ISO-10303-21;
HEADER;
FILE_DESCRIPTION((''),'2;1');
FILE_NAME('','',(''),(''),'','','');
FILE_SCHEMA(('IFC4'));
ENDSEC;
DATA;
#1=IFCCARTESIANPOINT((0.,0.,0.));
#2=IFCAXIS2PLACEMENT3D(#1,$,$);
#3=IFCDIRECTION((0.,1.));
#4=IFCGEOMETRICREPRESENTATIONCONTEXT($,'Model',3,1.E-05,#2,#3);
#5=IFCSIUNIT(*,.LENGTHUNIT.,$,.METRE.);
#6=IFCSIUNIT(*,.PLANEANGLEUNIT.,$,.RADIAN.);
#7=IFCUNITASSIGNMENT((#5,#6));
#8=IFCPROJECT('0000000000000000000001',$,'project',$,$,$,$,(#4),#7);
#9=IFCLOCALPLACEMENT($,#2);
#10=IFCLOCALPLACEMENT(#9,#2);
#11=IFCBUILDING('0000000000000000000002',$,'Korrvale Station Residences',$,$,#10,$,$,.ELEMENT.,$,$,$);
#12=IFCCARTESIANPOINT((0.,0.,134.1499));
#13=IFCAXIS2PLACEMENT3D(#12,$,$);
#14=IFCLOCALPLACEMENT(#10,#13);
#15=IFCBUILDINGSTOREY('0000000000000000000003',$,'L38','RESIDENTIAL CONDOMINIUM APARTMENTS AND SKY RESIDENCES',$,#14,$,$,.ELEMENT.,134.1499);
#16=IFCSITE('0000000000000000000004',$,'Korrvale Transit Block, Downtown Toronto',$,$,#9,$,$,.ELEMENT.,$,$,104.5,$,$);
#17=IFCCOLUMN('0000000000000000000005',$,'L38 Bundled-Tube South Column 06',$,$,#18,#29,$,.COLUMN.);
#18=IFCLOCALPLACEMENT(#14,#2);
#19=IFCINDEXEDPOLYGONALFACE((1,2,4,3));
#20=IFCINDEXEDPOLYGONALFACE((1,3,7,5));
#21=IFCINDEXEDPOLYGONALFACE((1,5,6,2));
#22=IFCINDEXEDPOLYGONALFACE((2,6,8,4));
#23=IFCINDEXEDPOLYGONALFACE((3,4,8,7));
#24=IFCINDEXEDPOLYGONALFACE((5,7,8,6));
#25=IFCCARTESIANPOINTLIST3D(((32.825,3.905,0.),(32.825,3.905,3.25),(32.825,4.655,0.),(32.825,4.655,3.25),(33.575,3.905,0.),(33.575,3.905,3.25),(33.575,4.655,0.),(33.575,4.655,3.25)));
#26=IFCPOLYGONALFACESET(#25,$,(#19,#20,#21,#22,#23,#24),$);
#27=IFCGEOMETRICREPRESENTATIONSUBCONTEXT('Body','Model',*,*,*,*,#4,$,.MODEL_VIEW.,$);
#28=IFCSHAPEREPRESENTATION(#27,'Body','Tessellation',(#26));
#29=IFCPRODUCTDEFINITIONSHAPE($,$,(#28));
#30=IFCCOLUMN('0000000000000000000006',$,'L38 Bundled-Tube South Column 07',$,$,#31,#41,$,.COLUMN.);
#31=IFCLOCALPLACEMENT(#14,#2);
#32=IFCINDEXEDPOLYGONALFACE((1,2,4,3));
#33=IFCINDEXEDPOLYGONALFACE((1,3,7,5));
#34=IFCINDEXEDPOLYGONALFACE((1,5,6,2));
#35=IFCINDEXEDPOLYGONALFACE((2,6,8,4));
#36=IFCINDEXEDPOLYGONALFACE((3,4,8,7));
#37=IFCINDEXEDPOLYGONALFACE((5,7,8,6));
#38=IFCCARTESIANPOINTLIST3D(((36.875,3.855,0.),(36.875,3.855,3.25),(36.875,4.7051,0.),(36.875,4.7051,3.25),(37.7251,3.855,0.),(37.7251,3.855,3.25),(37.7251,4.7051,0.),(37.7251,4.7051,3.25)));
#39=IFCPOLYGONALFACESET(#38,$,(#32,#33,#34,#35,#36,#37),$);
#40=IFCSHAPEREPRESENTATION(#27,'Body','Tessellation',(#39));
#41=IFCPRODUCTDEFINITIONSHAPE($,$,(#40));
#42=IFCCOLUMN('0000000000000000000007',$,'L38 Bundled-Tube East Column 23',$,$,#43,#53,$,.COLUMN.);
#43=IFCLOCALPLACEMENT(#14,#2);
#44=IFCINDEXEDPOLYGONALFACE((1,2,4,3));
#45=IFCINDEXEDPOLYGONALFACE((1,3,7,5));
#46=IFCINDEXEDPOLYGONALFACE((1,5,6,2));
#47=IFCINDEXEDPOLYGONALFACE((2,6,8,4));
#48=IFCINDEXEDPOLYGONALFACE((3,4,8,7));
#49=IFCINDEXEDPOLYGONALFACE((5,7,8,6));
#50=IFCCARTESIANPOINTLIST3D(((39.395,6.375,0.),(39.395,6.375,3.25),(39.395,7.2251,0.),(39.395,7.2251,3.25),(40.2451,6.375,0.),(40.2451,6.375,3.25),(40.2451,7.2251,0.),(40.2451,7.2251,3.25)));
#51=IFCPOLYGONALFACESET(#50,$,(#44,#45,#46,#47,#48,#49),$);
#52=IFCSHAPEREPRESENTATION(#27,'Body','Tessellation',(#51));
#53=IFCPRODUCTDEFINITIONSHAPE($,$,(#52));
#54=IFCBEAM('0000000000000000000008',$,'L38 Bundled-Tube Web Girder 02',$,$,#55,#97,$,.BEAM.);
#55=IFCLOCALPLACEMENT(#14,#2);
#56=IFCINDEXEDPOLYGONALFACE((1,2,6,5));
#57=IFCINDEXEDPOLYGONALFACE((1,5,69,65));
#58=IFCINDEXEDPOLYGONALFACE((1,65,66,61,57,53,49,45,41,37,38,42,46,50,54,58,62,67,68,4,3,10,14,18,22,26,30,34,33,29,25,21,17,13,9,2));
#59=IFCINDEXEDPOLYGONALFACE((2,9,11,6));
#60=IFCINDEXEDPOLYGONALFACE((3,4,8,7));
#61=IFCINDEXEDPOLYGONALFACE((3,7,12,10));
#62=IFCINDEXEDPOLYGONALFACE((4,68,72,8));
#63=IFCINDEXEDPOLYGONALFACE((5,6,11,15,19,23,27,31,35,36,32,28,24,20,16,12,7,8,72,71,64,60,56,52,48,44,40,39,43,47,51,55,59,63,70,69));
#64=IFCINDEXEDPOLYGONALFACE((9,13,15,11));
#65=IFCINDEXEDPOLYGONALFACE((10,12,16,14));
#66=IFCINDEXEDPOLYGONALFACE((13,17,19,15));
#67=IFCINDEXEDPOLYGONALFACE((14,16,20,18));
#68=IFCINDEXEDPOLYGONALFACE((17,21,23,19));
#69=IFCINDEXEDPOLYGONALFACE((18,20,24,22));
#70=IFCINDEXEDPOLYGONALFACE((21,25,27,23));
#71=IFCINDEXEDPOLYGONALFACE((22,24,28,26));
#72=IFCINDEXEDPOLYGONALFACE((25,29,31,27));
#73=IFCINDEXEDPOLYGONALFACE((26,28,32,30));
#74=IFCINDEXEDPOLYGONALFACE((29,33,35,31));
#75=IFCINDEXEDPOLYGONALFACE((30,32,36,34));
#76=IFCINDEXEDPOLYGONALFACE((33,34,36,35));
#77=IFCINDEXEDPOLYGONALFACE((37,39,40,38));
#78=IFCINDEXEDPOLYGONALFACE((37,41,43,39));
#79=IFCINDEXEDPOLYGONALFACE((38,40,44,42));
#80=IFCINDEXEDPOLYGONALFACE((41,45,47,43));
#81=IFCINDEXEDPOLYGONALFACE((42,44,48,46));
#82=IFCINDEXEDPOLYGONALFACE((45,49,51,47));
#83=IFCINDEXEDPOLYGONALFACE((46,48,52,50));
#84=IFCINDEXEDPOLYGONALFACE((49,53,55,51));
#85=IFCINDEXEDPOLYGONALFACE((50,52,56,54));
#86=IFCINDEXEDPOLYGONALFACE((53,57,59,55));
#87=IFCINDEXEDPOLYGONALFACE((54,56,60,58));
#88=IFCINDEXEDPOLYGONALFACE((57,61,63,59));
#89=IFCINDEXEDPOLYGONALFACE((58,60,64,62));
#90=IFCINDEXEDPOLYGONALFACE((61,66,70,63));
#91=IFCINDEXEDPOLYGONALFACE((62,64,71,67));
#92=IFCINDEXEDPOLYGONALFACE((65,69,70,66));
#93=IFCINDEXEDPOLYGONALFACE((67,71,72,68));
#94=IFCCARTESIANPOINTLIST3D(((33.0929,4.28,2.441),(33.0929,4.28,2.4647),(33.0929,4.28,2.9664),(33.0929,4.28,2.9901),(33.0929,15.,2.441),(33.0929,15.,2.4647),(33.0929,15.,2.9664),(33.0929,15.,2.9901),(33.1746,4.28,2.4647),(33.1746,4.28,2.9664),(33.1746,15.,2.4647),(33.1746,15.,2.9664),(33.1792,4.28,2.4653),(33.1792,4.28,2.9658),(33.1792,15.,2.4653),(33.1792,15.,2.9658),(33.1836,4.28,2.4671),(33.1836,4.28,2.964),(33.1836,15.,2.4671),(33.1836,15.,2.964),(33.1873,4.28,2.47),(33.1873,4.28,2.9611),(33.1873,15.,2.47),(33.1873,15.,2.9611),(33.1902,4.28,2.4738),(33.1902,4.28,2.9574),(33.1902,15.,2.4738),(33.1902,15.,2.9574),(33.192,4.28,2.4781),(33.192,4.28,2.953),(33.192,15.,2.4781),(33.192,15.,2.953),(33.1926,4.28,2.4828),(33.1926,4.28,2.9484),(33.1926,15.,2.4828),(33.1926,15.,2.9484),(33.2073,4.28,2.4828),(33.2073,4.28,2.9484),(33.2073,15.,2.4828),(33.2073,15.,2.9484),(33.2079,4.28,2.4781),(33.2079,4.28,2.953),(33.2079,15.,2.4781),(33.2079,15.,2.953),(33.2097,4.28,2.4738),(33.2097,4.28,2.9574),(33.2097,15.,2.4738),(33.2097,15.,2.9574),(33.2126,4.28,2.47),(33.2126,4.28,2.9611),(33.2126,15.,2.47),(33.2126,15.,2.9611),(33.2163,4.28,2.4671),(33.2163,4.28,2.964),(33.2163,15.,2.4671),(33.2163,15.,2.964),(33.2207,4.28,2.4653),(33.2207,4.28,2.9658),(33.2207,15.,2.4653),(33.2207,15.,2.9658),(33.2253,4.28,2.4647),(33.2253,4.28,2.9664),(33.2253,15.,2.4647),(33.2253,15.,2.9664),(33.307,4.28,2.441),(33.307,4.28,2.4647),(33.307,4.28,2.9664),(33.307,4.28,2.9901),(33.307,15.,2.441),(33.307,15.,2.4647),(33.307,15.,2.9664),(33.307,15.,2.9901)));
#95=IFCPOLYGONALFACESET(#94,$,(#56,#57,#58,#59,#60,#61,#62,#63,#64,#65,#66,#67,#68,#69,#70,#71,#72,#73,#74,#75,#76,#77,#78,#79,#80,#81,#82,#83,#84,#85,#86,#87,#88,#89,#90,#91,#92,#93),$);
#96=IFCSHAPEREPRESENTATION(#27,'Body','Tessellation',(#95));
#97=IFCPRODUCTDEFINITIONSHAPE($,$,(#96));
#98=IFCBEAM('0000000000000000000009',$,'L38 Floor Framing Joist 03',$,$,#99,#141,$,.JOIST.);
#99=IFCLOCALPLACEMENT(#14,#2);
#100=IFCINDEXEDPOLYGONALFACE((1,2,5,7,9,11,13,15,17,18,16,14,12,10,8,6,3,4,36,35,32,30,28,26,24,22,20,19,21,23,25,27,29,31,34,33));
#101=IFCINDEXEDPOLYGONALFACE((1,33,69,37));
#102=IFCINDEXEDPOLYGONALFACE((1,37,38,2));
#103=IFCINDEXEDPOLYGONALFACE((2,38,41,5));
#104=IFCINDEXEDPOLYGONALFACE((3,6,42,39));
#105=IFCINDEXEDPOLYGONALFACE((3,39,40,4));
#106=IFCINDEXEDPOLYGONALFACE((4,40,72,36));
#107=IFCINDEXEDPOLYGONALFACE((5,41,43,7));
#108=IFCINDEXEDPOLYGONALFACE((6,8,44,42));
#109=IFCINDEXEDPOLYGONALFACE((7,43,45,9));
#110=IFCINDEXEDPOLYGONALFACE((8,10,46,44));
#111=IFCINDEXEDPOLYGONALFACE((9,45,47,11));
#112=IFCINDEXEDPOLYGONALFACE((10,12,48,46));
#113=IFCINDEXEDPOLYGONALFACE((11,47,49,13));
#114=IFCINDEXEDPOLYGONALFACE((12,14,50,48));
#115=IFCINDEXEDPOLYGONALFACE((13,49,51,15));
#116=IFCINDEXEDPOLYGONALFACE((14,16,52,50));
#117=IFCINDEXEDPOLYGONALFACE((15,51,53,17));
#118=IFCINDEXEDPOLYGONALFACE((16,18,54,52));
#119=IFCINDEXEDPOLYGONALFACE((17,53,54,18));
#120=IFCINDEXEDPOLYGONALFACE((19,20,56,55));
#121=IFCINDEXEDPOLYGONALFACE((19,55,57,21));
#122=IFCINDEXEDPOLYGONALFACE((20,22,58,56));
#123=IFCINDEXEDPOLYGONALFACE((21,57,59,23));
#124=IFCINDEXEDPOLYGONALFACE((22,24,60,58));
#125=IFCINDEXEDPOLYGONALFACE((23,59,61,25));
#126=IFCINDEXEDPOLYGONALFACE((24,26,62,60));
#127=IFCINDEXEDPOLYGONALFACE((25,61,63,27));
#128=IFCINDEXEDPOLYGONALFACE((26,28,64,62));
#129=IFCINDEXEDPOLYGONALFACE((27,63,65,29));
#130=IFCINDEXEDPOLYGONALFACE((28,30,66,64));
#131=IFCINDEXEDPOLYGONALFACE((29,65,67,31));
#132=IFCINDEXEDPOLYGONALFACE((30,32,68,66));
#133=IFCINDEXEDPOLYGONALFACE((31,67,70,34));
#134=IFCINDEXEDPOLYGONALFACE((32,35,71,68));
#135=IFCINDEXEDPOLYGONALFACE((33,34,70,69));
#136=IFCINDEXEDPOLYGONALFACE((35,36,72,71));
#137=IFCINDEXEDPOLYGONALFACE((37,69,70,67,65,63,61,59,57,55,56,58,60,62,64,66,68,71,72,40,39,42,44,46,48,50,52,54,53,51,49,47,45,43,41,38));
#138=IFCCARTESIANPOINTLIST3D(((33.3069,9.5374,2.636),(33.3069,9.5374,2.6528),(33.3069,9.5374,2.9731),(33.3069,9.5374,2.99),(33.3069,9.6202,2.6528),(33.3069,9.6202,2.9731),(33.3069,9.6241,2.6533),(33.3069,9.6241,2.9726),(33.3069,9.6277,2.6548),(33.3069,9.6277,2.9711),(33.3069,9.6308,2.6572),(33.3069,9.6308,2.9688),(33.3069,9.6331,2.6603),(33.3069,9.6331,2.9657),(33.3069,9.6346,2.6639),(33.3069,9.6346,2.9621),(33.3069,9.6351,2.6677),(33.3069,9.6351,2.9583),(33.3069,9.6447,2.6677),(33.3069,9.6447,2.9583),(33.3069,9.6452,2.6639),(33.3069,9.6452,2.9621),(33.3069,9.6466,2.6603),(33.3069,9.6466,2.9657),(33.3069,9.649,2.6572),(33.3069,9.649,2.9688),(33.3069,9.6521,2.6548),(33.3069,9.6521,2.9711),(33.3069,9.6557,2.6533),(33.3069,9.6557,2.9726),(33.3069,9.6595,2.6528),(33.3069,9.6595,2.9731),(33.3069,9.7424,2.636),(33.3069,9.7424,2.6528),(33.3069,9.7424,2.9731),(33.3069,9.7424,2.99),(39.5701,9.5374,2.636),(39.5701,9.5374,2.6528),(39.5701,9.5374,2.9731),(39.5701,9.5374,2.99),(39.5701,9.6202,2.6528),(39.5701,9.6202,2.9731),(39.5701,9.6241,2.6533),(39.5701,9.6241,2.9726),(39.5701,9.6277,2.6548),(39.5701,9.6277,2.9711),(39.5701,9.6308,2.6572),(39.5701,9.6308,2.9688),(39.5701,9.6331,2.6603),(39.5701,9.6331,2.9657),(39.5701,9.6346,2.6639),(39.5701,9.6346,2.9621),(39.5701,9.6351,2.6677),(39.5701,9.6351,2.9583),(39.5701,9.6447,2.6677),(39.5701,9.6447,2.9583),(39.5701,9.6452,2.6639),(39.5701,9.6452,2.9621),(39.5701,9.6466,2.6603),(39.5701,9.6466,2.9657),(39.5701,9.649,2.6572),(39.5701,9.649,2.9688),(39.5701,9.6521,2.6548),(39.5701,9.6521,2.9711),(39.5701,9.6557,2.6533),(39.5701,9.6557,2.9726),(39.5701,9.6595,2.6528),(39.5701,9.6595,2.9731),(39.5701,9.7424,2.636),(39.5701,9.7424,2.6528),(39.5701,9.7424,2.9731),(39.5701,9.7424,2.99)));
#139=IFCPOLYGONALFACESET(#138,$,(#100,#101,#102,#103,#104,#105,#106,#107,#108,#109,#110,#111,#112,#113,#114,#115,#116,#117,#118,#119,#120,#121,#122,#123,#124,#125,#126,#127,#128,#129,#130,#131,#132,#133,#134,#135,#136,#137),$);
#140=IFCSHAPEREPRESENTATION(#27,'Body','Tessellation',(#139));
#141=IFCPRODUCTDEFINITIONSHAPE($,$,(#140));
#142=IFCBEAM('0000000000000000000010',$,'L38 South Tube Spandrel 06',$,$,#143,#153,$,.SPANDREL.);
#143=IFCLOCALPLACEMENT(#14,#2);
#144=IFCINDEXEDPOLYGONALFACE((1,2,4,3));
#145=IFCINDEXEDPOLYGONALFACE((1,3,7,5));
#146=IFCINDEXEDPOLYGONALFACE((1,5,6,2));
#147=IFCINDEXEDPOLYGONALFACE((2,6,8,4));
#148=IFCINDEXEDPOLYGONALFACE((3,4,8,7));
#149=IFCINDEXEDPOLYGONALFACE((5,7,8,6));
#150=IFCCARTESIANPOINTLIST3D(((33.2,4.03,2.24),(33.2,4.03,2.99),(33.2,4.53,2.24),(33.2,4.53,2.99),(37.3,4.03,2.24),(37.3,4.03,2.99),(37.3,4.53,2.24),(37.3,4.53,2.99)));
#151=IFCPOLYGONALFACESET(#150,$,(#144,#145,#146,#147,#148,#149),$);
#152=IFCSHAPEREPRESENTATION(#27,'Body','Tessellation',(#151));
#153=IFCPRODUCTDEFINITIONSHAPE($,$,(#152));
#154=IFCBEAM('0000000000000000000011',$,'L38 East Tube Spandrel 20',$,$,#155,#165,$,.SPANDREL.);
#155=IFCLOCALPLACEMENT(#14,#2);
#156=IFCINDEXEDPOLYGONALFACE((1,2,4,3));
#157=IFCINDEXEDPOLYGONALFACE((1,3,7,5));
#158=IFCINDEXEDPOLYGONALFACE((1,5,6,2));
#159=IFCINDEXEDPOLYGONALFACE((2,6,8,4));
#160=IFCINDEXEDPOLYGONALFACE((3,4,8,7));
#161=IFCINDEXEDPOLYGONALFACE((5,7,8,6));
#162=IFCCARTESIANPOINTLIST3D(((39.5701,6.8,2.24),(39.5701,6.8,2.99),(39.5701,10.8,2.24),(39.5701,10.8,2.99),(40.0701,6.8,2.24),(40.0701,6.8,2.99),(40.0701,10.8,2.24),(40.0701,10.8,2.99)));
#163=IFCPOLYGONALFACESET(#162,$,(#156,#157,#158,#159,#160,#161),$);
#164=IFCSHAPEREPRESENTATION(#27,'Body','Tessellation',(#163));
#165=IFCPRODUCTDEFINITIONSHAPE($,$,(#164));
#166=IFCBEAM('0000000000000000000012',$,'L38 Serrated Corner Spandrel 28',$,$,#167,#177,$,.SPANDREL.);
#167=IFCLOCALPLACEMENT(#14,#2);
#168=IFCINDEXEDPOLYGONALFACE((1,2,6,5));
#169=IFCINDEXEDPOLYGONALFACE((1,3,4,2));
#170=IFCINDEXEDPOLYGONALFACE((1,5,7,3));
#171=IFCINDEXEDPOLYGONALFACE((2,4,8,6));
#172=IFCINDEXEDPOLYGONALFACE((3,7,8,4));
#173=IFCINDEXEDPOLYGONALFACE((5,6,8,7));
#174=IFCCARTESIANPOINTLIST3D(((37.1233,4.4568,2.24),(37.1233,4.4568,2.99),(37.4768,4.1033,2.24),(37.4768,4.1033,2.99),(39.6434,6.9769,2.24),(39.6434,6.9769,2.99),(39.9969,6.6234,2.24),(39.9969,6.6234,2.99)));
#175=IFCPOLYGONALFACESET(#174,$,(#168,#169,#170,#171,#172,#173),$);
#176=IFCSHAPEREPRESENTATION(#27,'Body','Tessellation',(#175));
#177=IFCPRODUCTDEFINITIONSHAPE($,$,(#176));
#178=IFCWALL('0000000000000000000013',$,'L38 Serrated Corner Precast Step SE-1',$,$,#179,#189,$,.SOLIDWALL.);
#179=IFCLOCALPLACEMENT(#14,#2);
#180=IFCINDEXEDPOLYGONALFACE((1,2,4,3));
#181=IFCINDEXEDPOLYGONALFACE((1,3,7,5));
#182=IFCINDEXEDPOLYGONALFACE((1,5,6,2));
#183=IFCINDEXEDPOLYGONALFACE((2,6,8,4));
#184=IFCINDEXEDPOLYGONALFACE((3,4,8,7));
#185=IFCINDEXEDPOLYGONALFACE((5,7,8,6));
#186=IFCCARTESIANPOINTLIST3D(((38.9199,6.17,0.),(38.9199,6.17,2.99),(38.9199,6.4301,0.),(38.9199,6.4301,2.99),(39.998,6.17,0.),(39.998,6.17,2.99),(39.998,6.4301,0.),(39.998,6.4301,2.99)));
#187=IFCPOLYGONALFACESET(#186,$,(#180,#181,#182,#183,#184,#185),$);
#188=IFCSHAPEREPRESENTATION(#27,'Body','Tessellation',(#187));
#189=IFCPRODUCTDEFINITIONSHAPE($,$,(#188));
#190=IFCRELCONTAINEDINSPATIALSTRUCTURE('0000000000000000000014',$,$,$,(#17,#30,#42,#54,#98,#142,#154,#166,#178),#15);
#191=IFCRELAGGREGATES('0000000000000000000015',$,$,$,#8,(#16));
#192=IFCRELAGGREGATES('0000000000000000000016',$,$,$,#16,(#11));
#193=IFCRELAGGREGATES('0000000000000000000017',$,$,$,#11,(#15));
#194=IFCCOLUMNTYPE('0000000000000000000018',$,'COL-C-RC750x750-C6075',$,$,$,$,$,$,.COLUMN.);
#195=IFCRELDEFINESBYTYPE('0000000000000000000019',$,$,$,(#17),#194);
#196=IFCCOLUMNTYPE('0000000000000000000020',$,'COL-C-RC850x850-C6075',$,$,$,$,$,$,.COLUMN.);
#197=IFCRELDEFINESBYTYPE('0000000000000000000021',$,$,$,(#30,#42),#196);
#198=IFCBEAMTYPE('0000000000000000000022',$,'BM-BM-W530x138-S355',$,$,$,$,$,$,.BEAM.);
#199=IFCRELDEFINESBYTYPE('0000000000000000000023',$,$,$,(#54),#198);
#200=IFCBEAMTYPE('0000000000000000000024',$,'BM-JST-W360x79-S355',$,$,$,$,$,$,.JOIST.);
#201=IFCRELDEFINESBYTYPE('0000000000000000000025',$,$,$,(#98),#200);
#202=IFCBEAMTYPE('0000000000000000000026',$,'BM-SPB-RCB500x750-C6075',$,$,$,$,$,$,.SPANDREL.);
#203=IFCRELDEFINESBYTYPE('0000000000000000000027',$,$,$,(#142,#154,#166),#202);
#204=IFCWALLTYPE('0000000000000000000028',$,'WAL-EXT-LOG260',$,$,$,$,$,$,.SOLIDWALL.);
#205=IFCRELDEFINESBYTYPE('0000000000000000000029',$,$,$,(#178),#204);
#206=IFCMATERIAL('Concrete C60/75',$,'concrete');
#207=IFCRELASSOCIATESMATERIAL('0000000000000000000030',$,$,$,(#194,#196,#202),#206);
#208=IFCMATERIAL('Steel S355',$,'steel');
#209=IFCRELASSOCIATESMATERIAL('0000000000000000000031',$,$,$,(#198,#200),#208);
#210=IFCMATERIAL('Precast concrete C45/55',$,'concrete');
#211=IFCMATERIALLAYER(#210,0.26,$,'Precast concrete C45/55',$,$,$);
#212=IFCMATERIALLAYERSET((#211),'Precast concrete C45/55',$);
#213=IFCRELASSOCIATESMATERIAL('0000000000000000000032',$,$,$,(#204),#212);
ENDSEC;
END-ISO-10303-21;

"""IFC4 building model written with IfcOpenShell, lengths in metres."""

from ifc_helpers import new_model, si_unit, direction, frame, frame_2d, origin, origin_2d, place, context, subcontext, project, spatial, rectangle, i_section, extrude, material, layer, layer_set, material_profile, profile_set, type_object, element, save


model = new_model("IFC4")

# Units and contexts
model_context = context("Model", 3, precision=1e-05, world=origin(), true_north=direction((0.0, 1.0)))
body_context = subcontext(model_context, "Body", "Model", "MODEL_VIEW")
ifc_project = project(units=[si_unit("LENGTHUNIT", "METRE"), si_unit("PLANEANGLEUNIT", "RADIAN")], contexts=[model_context])

# Site, building, storey
site_placement = place(None, origin())
site = spatial("IfcSite", under=ifc_project, at=site_placement, Name="Korrvale Transit Block, Downtown Toronto", CompositionType="ELEMENT", RefElevation=104.5)
building_placement = place(site_placement, origin())
building = spatial("IfcBuilding", under=site, at=building_placement, Name="Korrvale Station Residences", CompositionType="ELEMENT")
storey_placement = place(building_placement, frame((0.0, 0.0, 134.1499)))
storey = spatial("IfcBuildingStorey", under=building, at=storey_placement, Name="L38", Description="RESIDENTIAL CONDOMINIUM APARTMENTS AND SKY RESIDENCES", CompositionType="ELEMENT", Elevation=134.1499)

# Columns
ifc_material_1 = material(Name="Concrete C60/75", Category="concrete")
ifc_material_profile_1 = material_profile(ifc_material_1, rectangle(XDim=0.75, YDim=0.75, at=origin_2d()), Name="RC750x750")
ifc_profile_set_1 = profile_set([ifc_material_profile_1], Name="Concrete C60/75")
column_type_1 = type_object("IfcColumnType", Name="COL-C-RC750x750-C6075", PredefinedType="COLUMN", material=ifc_profile_set_1)
column_placement = place(storey_placement, frame((33.2, 4.28, 0.0), z_axis=(0.0, 0.0, 1.0), x_axis=(1.0, 0.0, 0.0)))
element("IfcColumn", 1, at=column_placement, inside=storey, type_object=column_type_1, Name="L38 Bundled-Tube South Column 06", PredefinedType="COLUMN", context=body_context, shape_type="SweptSolid", body=[
    extrude(rectangle(XDim=0.75, YDim=0.75, at=origin_2d()), origin(), (0.0, 0.0, 1.0), 3.25),
])
ifc_material_profile_2 = material_profile(ifc_material_1, rectangle(XDim=0.8501, YDim=0.8501, at=origin_2d()), Name="RC850x850")
ifc_profile_set_2 = profile_set([ifc_material_profile_2], Name="Concrete C60/75")
column_type_2 = type_object("IfcColumnType", Name="COL-C-RC850x850-C6075", PredefinedType="COLUMN", material=ifc_profile_set_2)
for number, where, z_axis, x_axis, name in (
    (2, (37.3, 4.28, 0.0), (0.0, 0.0, 1.0), (1.0, 0.0, 0.0), "L38 Bundled-Tube South Column 07"),
    (3, (39.8201, 6.8, 0.0), (0.0, 0.0, 1.0), (1.0, 0.0, 0.0), "L38 Bundled-Tube East Column 23"),
):
    element("IfcColumn", number, at=place(storey_placement, frame(where, z_axis=z_axis, x_axis=x_axis)), inside=storey, type_object=column_type_2, Name=name, PredefinedType="COLUMN", context=body_context, shape_type="SweptSolid", body=[
        extrude(rectangle(XDim=0.8501, YDim=0.8501, at=origin_2d()), origin(), (0.0, 0.0, 1.0), 3.25),
    ])

# Beams
ifc_material_2 = material(Name="Steel S355", Category="steel")
ifc_material_profile_3 = material_profile(ifc_material_2, i_section(OverallWidth=0.2141, OverallDepth=0.5491, WebThickness=0.0146, FlangeThickness=0.0237, FilletRadius=0.0181, at=origin_2d()), Name="W530x138")
ifc_profile_set_3 = profile_set([ifc_material_profile_3], Name="Steel S355")
beam_type_1 = type_object("IfcBeamType", Name="BM-BM-W530x138-S355", PredefinedType="BEAM", material=ifc_profile_set_3)
beam_1_placement = place(storey_placement, frame((33.2, 4.28, 2.7156), z_axis=(0.0, 1.0, 0.0), x_axis=(-1.0, 0.0, 0.0)))
element("IfcBeam", 4, at=beam_1_placement, inside=storey, type_object=beam_type_1, Name="L38 Bundled-Tube Web Girder 02", PredefinedType="BEAM", context=body_context, shape_type="SweptSolid", body=[
    extrude(i_section(OverallWidth=0.2141, OverallDepth=0.5491, WebThickness=0.0146, FlangeThickness=0.0237, FilletRadius=0.0181, at=origin_2d()), origin(), (0.0, 0.0, 1.0), 10.72),
])
ifc_material_profile_4 = material_profile(ifc_material_2, i_section(OverallWidth=0.2051, OverallDepth=0.354, WebThickness=0.0095, FlangeThickness=0.0168, FilletRadius=0.0149, at=origin_2d()), Name="W360x79")
ifc_profile_set_4 = profile_set([ifc_material_profile_4], Name="Steel S355")
beam_type_2 = type_object("IfcBeamType", Name="BM-JST-W360x79-S355", PredefinedType="JOIST", material=ifc_profile_set_4)
beam_2_placement = place(storey_placement, frame((33.3069, 9.6399, 2.813), z_axis=(1.0, 0.0, 0.0), x_axis=(0.0, 1.0, 0.0)))
element("IfcBeam", 5, at=beam_2_placement, inside=storey, type_object=beam_type_2, Name="L38 Floor Framing Joist 03", PredefinedType="JOIST", context=body_context, shape_type="SweptSolid", body=[
    extrude(i_section(OverallWidth=0.2051, OverallDepth=0.354, WebThickness=0.0095, FlangeThickness=0.0168, FilletRadius=0.0149, at=origin_2d()), origin(), (0.0, 0.0, 1.0), 6.2632),
])
ifc_material_profile_5 = material_profile(ifc_material_1, rectangle(XDim=0.5, YDim=0.75, at=origin_2d()), Name="RCB500x750")
ifc_profile_set_5 = profile_set([ifc_material_profile_5], Name="Concrete C60/75")
beam_type_3 = type_object("IfcBeamType", Name="BM-SPB-RCB500x750-C6075", PredefinedType="SPANDREL", material=ifc_profile_set_5)
beam_3_placement = place(storey_placement, frame((33.2, 4.28, 2.615), z_axis=(1.0, 0.0, 0.0), x_axis=(0.0, 1.0, 0.0)))
element("IfcBeam", 6, at=beam_3_placement, inside=storey, type_object=beam_type_3, Name="L38 South Tube Spandrel 06", PredefinedType="SPANDREL", context=body_context, shape_type="SweptSolid", body=[
    extrude(rectangle(XDim=0.5, YDim=0.75, at=origin_2d()), origin(), (0.0, 0.0, 1.0), 4.1001),
])
beam_4_placement = place(storey_placement, frame((39.8201, 6.8, 2.615), z_axis=(0.0, 1.0, 0.0), x_axis=(-1.0, 0.0, 0.0)))
element("IfcBeam", 7, at=beam_4_placement, inside=storey, type_object=beam_type_3, Name="L38 East Tube Spandrel 20", PredefinedType="SPANDREL", context=body_context, shape_type="SweptSolid", body=[
    extrude(rectangle(XDim=0.5, YDim=0.75, at=origin_2d()), origin(), (0.0, 0.0, 1.0), 4.0),
])
beam_5_placement = place(storey_placement, frame((37.3, 4.28, 2.615), z_axis=(0.707107, 0.707107, 0.0), x_axis=(-0.707107, 0.707107, 0.0)))
element("IfcBeam", 8, at=beam_5_placement, inside=storey, type_object=beam_type_3, Name="L38 Serrated Corner Spandrel 28", PredefinedType="SPANDREL", context=body_context, shape_type="SweptSolid", body=[
    extrude(rectangle(XDim=0.5, YDim=0.75, at=origin_2d()), origin(), (0.0, 0.0, 1.0), 3.564),
])

# Wall
ifc_material_3 = material(Name="Precast concrete C45/55", Category="concrete")
ifc_layer_1 = layer(ifc_material_3, 0.26, Name="Precast concrete C45/55")
ifc_layer_set_1 = layer_set([ifc_layer_1], Name="Precast concrete C45/55")
wall_type_1 = type_object("IfcWallType", Name="WAL-EXT-LOG260", PredefinedType="SOLIDWALL", material=ifc_layer_set_1)
wall_1_placement = place(storey_placement, frame((39.998, 6.3, 0.0), z_axis=(0.0, 0.0, 1.0), x_axis=(-1.0, 0.0, 0.0)))
element("IfcWall", 9, at=wall_1_placement, inside=storey, type_object=wall_type_1, Name="L38 Serrated Corner Precast Step SE-1", PredefinedType="SOLIDWALL", context=body_context, shape_type="SweptSolid", body=[
    extrude(rectangle(XDim=1.0781, YDim=0.26, at=frame_2d((0.5391, 0.0))), origin(), (0.0, 0.0, 1.0), 2.99),
])

save(model, "model.ifc")
